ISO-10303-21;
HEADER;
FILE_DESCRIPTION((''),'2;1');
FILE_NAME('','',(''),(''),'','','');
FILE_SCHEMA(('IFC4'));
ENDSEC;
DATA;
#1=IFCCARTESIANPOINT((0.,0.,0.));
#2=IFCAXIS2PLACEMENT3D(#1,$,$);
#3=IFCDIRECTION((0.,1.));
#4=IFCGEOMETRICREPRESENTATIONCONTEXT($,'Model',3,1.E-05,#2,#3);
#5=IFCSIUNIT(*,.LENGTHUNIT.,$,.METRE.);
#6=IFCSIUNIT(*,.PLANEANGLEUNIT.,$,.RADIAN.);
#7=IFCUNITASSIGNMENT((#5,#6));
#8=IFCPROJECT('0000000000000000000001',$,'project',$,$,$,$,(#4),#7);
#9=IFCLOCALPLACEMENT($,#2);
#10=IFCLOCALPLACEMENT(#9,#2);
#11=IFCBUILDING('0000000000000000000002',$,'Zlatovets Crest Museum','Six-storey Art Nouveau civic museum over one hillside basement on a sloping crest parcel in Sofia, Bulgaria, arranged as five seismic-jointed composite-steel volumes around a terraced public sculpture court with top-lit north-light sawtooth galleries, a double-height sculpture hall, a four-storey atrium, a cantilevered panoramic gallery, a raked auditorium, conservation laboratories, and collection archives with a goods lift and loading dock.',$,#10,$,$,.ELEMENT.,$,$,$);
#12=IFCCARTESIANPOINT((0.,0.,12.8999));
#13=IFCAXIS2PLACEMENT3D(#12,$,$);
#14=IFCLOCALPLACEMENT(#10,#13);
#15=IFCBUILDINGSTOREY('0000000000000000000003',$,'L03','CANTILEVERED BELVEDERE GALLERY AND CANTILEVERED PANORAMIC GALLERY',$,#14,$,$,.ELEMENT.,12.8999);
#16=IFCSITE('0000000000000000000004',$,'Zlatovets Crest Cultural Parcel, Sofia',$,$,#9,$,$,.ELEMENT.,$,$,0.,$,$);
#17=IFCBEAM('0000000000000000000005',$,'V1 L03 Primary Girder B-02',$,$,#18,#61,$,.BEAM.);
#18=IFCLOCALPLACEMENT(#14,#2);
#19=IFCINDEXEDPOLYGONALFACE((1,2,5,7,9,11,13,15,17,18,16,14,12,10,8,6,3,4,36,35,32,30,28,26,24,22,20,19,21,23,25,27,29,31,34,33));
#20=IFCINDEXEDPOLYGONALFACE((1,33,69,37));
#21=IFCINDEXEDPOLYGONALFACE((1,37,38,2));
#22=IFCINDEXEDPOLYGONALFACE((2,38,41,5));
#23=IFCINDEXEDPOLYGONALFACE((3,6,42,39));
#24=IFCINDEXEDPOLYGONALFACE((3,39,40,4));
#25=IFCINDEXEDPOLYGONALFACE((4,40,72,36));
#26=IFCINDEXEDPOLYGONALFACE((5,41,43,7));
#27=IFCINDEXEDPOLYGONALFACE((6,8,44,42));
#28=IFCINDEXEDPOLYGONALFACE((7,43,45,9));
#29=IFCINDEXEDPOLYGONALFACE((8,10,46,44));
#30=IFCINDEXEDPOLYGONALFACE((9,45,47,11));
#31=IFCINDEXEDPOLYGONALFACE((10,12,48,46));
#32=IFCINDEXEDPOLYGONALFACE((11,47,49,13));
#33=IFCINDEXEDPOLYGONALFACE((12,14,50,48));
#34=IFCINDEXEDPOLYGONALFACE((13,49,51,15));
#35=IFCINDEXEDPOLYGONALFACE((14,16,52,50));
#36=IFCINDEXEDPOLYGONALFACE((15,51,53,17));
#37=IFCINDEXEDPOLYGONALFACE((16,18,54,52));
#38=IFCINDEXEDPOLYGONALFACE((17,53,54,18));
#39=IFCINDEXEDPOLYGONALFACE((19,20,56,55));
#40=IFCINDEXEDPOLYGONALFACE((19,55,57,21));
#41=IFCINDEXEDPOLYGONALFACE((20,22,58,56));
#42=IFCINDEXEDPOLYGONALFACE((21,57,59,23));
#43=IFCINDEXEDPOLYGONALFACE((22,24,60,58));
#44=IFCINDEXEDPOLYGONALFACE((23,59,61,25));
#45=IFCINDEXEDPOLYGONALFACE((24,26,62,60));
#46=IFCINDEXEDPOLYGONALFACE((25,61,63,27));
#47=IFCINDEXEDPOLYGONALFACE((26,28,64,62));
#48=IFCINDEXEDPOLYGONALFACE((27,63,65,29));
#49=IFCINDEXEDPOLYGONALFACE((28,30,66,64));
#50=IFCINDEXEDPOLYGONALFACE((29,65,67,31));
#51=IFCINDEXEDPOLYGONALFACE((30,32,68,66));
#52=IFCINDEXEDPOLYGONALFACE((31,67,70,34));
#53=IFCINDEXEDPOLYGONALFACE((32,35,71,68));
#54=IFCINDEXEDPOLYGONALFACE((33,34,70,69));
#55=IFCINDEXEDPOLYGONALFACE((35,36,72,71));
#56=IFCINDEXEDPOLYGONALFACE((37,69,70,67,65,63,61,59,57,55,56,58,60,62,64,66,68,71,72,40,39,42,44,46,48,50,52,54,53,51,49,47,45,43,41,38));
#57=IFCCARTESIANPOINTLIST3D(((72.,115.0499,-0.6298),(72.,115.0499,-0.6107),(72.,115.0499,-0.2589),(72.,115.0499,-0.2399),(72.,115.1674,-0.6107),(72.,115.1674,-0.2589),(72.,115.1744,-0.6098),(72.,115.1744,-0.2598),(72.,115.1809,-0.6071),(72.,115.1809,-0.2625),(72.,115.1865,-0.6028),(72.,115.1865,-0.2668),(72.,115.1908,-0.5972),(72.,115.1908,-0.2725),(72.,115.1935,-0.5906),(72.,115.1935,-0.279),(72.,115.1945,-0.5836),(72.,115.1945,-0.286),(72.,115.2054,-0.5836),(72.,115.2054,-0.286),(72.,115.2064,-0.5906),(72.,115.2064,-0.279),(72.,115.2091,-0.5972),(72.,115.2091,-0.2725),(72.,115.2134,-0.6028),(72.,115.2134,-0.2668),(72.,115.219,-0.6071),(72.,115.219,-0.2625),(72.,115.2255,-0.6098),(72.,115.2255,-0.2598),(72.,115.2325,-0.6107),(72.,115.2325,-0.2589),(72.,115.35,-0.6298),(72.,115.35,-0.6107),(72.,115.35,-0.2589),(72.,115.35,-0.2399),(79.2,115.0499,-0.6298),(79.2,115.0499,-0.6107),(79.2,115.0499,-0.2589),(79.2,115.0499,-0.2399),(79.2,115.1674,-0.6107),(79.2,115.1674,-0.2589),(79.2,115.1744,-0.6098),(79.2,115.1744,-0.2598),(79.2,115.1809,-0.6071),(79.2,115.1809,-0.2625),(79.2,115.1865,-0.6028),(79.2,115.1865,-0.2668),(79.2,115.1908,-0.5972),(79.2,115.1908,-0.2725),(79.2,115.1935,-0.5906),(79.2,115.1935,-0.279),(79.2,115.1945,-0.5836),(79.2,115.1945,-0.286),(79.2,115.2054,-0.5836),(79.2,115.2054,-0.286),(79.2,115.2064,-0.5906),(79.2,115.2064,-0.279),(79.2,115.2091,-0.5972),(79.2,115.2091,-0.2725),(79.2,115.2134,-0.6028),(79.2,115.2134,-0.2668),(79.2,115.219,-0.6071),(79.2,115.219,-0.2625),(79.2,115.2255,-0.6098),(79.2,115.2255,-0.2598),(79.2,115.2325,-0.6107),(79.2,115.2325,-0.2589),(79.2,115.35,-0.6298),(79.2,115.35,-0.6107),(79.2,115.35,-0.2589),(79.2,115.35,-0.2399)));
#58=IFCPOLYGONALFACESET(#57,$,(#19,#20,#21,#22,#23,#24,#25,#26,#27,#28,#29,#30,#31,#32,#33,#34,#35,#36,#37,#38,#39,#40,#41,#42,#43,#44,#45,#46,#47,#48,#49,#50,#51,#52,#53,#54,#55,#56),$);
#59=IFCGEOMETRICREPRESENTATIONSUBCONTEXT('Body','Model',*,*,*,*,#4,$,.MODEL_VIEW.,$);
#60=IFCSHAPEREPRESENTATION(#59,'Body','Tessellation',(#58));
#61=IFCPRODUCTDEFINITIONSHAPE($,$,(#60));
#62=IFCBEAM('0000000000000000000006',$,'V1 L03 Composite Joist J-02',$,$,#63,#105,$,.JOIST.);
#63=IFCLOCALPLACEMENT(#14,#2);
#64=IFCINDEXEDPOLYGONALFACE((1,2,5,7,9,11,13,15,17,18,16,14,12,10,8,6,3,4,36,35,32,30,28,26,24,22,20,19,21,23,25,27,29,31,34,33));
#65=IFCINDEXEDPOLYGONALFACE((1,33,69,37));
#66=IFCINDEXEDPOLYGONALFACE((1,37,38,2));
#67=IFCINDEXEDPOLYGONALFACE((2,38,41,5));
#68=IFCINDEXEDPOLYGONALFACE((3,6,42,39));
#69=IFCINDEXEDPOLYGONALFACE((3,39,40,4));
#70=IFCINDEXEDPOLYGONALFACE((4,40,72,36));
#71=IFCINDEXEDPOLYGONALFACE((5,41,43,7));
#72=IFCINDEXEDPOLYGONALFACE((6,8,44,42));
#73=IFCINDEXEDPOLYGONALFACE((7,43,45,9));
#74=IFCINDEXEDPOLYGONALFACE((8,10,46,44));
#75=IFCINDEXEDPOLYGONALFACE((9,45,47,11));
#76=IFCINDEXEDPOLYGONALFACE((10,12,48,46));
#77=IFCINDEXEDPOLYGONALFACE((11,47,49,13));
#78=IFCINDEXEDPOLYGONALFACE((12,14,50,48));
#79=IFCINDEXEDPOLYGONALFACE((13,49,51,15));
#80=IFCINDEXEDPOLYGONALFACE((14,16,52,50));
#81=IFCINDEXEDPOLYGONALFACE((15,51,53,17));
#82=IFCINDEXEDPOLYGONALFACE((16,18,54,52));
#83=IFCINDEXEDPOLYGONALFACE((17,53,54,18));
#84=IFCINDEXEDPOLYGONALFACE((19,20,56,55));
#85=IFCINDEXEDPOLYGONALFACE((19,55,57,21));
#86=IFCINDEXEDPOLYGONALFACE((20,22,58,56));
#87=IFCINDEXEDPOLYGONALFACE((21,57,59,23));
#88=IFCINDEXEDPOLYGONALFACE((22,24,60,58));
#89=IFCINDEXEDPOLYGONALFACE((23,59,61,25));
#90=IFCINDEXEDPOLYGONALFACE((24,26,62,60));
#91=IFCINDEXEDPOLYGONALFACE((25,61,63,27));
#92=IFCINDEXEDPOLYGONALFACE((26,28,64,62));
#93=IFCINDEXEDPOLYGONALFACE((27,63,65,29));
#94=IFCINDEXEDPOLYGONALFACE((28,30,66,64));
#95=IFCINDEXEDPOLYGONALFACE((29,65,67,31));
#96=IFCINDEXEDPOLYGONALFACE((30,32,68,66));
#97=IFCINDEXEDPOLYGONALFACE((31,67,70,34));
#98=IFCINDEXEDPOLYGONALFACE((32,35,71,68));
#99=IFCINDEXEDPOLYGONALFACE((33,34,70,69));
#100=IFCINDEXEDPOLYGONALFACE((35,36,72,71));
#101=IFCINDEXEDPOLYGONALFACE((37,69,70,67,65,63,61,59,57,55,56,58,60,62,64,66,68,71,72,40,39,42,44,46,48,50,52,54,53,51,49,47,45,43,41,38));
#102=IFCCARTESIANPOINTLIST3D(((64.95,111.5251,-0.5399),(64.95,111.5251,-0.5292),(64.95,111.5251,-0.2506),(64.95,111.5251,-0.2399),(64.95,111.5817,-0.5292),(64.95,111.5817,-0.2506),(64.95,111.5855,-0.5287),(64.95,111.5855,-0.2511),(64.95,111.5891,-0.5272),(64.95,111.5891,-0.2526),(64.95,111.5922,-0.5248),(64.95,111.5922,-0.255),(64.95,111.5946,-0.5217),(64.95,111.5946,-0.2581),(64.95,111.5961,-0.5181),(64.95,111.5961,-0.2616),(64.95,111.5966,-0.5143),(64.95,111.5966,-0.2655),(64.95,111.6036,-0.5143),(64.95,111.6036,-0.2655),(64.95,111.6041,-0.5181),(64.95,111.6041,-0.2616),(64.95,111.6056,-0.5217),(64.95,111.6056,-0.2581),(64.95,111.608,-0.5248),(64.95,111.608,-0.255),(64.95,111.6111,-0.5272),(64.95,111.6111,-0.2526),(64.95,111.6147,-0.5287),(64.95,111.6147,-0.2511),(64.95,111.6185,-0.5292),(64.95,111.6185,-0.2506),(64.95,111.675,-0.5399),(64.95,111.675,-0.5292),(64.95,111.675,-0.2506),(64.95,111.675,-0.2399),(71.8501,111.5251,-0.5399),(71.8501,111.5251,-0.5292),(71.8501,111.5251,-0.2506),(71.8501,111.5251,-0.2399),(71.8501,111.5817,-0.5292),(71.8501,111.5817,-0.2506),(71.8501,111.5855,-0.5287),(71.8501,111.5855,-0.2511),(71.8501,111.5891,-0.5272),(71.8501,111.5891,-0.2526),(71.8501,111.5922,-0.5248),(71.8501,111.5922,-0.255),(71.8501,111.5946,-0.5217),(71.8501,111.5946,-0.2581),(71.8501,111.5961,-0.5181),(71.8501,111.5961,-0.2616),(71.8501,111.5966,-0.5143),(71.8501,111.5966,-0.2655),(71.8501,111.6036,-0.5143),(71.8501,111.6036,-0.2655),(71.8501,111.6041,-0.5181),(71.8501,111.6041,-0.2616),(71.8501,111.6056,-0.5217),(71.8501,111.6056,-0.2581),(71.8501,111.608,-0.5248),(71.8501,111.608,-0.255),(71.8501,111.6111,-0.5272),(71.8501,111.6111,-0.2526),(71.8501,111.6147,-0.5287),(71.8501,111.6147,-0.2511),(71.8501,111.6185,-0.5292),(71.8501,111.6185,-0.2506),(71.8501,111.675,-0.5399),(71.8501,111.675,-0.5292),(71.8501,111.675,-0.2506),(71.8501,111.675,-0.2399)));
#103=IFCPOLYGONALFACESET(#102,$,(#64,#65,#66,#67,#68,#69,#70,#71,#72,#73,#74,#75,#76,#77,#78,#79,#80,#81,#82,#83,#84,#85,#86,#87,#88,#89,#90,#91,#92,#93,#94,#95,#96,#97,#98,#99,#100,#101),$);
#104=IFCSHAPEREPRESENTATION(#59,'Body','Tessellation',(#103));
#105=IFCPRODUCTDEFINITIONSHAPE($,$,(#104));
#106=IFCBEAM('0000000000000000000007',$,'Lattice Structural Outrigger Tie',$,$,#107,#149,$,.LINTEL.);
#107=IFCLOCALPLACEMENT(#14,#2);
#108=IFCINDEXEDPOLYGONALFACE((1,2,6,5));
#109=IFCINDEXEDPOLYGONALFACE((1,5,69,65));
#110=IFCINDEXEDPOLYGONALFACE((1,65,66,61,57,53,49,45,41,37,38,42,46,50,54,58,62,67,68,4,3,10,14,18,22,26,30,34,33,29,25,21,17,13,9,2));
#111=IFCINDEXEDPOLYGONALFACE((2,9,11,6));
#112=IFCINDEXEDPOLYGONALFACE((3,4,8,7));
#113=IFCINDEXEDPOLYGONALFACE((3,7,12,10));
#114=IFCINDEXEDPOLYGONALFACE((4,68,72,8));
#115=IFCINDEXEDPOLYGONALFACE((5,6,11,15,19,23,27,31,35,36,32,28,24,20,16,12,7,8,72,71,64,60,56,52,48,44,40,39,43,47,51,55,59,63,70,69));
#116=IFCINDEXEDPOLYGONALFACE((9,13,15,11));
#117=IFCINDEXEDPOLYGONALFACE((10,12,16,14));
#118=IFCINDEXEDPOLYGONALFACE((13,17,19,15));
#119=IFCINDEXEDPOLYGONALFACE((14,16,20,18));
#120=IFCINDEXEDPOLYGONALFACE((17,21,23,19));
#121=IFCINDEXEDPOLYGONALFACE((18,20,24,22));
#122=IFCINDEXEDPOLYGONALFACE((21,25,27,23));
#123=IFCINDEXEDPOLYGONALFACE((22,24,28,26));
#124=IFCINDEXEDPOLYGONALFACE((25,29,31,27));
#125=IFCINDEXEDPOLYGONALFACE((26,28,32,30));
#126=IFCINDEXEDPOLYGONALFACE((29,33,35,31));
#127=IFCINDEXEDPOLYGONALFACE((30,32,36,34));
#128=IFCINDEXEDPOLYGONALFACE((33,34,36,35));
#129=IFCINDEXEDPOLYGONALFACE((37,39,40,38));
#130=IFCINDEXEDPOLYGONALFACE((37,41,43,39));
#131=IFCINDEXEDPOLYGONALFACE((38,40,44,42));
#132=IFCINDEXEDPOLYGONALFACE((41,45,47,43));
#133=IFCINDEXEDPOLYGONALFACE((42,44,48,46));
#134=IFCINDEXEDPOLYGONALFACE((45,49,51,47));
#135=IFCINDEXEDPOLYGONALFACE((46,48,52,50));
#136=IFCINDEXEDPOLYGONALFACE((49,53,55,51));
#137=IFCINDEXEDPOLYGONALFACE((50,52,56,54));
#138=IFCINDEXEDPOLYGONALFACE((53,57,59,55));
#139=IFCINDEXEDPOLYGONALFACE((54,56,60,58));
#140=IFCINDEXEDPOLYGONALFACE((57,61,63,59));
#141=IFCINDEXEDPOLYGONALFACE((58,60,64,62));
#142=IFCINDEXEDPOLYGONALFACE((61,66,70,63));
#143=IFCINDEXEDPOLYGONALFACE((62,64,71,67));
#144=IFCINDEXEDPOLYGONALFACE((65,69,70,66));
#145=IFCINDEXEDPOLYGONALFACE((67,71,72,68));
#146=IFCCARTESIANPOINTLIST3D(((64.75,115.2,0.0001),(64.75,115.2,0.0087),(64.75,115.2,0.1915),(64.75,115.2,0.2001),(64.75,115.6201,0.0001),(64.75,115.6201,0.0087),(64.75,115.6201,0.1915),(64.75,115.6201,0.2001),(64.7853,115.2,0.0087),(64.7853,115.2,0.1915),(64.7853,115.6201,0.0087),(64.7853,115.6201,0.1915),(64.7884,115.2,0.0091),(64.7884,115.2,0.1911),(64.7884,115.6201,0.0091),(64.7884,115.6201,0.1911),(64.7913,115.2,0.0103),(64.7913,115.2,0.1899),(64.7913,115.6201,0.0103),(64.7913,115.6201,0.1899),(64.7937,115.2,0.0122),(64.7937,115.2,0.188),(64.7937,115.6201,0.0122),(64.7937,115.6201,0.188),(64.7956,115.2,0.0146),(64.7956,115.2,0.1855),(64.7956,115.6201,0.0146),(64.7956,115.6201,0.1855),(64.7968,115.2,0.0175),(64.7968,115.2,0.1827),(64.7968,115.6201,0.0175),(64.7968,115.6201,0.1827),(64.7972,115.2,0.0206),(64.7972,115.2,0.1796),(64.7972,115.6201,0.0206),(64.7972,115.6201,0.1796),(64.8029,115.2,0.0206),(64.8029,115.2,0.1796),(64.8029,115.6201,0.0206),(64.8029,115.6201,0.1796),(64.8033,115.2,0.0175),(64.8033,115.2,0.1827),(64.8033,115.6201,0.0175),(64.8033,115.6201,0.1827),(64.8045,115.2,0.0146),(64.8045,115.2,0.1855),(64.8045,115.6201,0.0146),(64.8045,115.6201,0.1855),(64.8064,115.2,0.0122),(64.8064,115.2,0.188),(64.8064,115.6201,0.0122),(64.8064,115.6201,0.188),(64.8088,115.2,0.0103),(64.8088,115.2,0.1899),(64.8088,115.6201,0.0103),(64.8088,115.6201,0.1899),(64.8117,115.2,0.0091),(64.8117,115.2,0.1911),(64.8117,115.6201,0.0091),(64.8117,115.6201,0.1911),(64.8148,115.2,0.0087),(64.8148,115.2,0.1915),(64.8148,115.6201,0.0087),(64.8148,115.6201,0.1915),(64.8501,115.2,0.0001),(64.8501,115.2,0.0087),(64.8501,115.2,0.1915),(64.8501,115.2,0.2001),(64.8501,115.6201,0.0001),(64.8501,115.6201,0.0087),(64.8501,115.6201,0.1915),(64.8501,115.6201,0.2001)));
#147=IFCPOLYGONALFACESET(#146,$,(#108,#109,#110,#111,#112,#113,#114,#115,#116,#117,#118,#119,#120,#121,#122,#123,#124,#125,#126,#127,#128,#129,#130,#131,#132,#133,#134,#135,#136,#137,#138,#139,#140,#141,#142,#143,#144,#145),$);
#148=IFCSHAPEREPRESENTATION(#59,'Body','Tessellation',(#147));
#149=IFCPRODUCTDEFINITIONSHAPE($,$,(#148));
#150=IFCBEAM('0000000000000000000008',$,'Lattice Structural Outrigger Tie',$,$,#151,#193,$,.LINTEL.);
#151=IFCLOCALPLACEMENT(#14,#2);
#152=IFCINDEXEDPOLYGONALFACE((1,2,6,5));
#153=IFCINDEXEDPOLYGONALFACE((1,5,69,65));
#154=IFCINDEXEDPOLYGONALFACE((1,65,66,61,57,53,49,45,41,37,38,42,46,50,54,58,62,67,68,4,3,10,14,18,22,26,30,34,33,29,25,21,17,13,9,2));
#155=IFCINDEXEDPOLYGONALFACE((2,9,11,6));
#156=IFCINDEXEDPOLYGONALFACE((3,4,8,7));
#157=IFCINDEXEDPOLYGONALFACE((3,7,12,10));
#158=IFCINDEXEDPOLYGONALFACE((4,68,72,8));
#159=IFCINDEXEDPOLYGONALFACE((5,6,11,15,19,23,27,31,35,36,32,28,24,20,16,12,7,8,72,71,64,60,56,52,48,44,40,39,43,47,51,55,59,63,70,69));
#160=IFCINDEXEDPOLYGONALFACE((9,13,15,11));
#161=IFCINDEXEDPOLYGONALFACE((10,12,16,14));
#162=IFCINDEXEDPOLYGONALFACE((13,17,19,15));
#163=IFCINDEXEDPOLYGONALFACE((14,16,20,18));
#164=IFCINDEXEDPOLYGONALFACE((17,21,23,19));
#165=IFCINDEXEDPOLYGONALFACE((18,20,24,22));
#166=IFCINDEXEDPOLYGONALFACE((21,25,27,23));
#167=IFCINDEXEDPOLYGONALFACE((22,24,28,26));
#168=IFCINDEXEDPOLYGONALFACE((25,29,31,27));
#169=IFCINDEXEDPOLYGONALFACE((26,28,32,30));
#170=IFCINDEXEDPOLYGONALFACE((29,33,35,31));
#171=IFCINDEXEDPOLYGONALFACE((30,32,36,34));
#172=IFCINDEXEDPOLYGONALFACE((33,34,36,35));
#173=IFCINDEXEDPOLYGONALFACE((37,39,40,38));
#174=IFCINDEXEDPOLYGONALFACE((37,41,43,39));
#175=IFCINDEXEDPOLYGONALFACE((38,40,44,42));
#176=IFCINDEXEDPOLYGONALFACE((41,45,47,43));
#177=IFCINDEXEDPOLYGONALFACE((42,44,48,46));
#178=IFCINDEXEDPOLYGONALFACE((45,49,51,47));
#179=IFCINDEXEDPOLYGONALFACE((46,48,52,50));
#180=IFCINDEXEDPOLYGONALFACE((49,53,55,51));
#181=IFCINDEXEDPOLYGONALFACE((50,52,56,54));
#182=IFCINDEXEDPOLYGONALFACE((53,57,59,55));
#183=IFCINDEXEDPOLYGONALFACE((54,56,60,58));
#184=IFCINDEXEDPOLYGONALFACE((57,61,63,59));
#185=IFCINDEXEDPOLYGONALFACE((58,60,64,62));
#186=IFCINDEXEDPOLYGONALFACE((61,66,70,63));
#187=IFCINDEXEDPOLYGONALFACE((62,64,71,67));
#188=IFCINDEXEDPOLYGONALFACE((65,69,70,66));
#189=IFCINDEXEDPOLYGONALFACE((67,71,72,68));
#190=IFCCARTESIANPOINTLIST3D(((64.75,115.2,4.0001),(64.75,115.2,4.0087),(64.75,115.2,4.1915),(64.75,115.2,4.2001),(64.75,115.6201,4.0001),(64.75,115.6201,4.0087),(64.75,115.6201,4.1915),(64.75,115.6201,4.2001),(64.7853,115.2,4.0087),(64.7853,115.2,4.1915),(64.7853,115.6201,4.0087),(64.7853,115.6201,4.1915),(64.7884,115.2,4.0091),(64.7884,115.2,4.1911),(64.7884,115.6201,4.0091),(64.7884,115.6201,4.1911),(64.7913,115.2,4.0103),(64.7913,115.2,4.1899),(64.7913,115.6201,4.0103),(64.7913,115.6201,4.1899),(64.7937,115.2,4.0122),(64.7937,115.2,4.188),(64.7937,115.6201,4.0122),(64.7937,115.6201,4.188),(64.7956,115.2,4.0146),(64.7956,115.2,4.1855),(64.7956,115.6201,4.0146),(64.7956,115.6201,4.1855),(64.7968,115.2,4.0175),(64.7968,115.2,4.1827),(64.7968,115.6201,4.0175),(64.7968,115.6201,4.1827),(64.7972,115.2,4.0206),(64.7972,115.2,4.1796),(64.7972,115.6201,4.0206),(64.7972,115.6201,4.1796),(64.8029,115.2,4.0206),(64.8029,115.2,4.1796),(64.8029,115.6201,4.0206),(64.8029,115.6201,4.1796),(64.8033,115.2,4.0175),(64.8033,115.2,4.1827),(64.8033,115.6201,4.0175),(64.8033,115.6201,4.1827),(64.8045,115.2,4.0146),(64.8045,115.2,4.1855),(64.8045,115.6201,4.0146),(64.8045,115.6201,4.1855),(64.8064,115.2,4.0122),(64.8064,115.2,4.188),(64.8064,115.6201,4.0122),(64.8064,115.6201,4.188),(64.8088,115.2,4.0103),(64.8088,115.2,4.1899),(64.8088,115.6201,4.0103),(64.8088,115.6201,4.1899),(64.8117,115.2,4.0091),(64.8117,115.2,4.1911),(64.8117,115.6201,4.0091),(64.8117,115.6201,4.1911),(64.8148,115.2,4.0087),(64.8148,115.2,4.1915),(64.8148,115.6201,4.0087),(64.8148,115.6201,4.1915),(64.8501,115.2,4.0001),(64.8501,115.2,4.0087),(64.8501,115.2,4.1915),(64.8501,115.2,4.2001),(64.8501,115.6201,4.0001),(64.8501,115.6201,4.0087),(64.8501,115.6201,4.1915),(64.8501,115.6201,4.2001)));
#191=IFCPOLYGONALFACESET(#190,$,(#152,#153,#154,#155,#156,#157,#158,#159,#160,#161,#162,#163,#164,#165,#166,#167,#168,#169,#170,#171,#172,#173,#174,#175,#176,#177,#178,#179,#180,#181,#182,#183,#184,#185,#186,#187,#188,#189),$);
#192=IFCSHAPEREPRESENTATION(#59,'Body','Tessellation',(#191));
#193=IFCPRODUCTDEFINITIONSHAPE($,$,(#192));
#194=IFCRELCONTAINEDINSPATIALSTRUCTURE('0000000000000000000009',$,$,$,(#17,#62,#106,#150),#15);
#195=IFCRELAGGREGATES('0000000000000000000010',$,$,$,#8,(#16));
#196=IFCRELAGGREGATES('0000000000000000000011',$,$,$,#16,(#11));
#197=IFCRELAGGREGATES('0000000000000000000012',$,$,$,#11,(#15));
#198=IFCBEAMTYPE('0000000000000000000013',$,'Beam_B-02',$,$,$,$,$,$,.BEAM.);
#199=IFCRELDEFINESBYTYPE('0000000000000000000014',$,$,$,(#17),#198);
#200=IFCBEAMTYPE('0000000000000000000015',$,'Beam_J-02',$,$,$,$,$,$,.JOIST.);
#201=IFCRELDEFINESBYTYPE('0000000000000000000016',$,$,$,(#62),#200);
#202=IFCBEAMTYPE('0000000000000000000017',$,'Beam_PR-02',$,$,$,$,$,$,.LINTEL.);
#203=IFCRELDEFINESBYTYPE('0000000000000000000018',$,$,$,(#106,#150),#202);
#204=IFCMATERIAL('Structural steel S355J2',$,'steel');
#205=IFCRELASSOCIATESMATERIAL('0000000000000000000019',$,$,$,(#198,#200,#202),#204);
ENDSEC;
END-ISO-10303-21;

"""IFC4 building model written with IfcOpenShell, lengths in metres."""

from ifc_helpers import new_model, si_unit, direction, frame, origin, origin_2d, place, context, subcontext, project, spatial, i_section, extrude, material, material_profile, profile_set, type_object, element, save


model = new_model("IFC4")

# Units and contexts
model_context = context("Model", 3, precision=1e-05, world=origin(), true_north=direction((0.0, 1.0)))
body_context = subcontext(model_context, "Body", "Model", "MODEL_VIEW")
ifc_project = project(units=[si_unit("LENGTHUNIT", "METRE"), si_unit("PLANEANGLEUNIT", "RADIAN")], contexts=[model_context])

# Site, building, storey
site_placement = place(None, origin())
site = spatial("IfcSite", under=ifc_project, at=site_placement, Name="Zlatovets Crest Cultural Parcel, Sofia", CompositionType="ELEMENT", RefElevation=0.0)
building_placement = place(site_placement, origin())
building = spatial("IfcBuilding", under=site, at=building_placement, Name="Zlatovets Crest Museum", Description="Six-storey Art Nouveau civic museum over one hillside basement on a sloping crest parcel in Sofia, Bulgaria, arranged as five seismic-jointed composite-steel volumes around a terraced public sculpture court with top-lit north-light sawtooth galleries, a double-height sculpture hall, a four-storey atrium, a cantilevered panoramic gallery, a raked auditorium, conservation laboratories, and collection archives with a goods lift and loading dock.", CompositionType="ELEMENT")
storey_placement = place(building_placement, frame((0.0, 0.0, 12.8999)))
storey = spatial("IfcBuildingStorey", under=building, at=storey_placement, Name="L03", Description="CANTILEVERED BELVEDERE GALLERY AND CANTILEVERED PANORAMIC GALLERY", CompositionType="ELEMENT", Elevation=12.8999)

# Beams
ifc_material_1 = material(Name="Structural steel S355J2", Category="steel")
ifc_material_profile_1 = material_profile(ifc_material_1, i_section(OverallWidth=0.3, OverallDepth=0.3899, WebThickness=0.011, FlangeThickness=0.019, FilletRadius=0.0271, at=origin_2d()), Name="HEA 400")
ifc_profile_set_1 = profile_set([ifc_material_profile_1], Name="Structural steel S355J2")
beam_type_1 = type_object("IfcBeamType", Name="Beam_B-02", PredefinedType="BEAM", material=ifc_profile_set_1)
beam_1_placement = place(storey_placement, frame((72.0, 115.2, -0.4348), z_axis=(1.0, 0.0, 0.0), x_axis=(0.0, 1.0, 0.0)))
element("IfcBeam", 1, at=beam_1_placement, inside=storey, type_object=beam_type_1, Name="V1 L03 Primary Girder B-02", PredefinedType="BEAM", context=body_context, shape_type="SweptSolid", body=[
    extrude(i_section(OverallWidth=0.3, OverallDepth=0.3899, WebThickness=0.011, FlangeThickness=0.019, FilletRadius=0.0271, at=origin_2d()), origin(), (0.0, 0.0, 1.0), 7.2),
])
ifc_material_profile_2 = material_profile(ifc_material_1, i_section(OverallWidth=0.1499, OverallDepth=0.3, WebThickness=0.0071, FlangeThickness=0.0107, FilletRadius=0.0149, at=origin_2d()), Name="IPE 300")
ifc_profile_set_2 = profile_set([ifc_material_profile_2], Name="Structural steel S355J2")
beam_type_2 = type_object("IfcBeamType", Name="Beam_J-02", PredefinedType="JOIST", material=ifc_profile_set_2)
beam_2_placement = place(storey_placement, frame((64.95, 111.6001, -0.3899), z_axis=(1.0, 0.0, 0.0), x_axis=(0.0, 1.0, 0.0)))
element("IfcBeam", 2, at=beam_2_placement, inside=storey, type_object=beam_type_2, Name="V1 L03 Composite Joist J-02", PredefinedType="JOIST", context=body_context, shape_type="SweptSolid", body=[
    extrude(i_section(OverallWidth=0.1499, OverallDepth=0.3, WebThickness=0.0071, FlangeThickness=0.0107, FilletRadius=0.0149, at=origin_2d()), origin(), (0.0, 0.0, 1.0), 6.9001),
])
ifc_material_profile_3 = material_profile(ifc_material_1, i_section(OverallWidth=0.1001, OverallDepth=0.2, WebThickness=0.0056, FlangeThickness=0.0085, FilletRadius=0.012, at=origin_2d()), Name="IPE 200")
ifc_profile_set_3 = profile_set([ifc_material_profile_3], Name="Structural steel S355J2")
beam_type_3 = type_object("IfcBeamType", Name="Beam_PR-02", PredefinedType="LINTEL", material=ifc_profile_set_3)
for number, where, z_axis, x_axis, name in (
    (3, (64.8, 115.2, 0.1001), (0.0, 1.0, 0.0), (-1.0, 0.0, 0.0), "Lattice Structural Outrigger Tie"),
    (4, (64.8, 115.2, 4.1001), (0.0, 1.0, 0.0), (-1.0, 0.0, 0.0), "Lattice Structural Outrigger Tie"),
):
    element("IfcBeam", number, at=place(storey_placement, frame(where, z_axis=z_axis, x_axis=x_axis)), inside=storey, type_object=beam_type_3, Name=name, PredefinedType="LINTEL", context=body_context, shape_type="SweptSolid", body=[
        extrude(i_section(OverallWidth=0.1001, OverallDepth=0.2, WebThickness=0.0056, FlangeThickness=0.0085, FilletRadius=0.012, at=origin_2d()), origin(), (0.0, 0.0, 1.0), 0.4202),
    ])

save(model, "model.ifc")
